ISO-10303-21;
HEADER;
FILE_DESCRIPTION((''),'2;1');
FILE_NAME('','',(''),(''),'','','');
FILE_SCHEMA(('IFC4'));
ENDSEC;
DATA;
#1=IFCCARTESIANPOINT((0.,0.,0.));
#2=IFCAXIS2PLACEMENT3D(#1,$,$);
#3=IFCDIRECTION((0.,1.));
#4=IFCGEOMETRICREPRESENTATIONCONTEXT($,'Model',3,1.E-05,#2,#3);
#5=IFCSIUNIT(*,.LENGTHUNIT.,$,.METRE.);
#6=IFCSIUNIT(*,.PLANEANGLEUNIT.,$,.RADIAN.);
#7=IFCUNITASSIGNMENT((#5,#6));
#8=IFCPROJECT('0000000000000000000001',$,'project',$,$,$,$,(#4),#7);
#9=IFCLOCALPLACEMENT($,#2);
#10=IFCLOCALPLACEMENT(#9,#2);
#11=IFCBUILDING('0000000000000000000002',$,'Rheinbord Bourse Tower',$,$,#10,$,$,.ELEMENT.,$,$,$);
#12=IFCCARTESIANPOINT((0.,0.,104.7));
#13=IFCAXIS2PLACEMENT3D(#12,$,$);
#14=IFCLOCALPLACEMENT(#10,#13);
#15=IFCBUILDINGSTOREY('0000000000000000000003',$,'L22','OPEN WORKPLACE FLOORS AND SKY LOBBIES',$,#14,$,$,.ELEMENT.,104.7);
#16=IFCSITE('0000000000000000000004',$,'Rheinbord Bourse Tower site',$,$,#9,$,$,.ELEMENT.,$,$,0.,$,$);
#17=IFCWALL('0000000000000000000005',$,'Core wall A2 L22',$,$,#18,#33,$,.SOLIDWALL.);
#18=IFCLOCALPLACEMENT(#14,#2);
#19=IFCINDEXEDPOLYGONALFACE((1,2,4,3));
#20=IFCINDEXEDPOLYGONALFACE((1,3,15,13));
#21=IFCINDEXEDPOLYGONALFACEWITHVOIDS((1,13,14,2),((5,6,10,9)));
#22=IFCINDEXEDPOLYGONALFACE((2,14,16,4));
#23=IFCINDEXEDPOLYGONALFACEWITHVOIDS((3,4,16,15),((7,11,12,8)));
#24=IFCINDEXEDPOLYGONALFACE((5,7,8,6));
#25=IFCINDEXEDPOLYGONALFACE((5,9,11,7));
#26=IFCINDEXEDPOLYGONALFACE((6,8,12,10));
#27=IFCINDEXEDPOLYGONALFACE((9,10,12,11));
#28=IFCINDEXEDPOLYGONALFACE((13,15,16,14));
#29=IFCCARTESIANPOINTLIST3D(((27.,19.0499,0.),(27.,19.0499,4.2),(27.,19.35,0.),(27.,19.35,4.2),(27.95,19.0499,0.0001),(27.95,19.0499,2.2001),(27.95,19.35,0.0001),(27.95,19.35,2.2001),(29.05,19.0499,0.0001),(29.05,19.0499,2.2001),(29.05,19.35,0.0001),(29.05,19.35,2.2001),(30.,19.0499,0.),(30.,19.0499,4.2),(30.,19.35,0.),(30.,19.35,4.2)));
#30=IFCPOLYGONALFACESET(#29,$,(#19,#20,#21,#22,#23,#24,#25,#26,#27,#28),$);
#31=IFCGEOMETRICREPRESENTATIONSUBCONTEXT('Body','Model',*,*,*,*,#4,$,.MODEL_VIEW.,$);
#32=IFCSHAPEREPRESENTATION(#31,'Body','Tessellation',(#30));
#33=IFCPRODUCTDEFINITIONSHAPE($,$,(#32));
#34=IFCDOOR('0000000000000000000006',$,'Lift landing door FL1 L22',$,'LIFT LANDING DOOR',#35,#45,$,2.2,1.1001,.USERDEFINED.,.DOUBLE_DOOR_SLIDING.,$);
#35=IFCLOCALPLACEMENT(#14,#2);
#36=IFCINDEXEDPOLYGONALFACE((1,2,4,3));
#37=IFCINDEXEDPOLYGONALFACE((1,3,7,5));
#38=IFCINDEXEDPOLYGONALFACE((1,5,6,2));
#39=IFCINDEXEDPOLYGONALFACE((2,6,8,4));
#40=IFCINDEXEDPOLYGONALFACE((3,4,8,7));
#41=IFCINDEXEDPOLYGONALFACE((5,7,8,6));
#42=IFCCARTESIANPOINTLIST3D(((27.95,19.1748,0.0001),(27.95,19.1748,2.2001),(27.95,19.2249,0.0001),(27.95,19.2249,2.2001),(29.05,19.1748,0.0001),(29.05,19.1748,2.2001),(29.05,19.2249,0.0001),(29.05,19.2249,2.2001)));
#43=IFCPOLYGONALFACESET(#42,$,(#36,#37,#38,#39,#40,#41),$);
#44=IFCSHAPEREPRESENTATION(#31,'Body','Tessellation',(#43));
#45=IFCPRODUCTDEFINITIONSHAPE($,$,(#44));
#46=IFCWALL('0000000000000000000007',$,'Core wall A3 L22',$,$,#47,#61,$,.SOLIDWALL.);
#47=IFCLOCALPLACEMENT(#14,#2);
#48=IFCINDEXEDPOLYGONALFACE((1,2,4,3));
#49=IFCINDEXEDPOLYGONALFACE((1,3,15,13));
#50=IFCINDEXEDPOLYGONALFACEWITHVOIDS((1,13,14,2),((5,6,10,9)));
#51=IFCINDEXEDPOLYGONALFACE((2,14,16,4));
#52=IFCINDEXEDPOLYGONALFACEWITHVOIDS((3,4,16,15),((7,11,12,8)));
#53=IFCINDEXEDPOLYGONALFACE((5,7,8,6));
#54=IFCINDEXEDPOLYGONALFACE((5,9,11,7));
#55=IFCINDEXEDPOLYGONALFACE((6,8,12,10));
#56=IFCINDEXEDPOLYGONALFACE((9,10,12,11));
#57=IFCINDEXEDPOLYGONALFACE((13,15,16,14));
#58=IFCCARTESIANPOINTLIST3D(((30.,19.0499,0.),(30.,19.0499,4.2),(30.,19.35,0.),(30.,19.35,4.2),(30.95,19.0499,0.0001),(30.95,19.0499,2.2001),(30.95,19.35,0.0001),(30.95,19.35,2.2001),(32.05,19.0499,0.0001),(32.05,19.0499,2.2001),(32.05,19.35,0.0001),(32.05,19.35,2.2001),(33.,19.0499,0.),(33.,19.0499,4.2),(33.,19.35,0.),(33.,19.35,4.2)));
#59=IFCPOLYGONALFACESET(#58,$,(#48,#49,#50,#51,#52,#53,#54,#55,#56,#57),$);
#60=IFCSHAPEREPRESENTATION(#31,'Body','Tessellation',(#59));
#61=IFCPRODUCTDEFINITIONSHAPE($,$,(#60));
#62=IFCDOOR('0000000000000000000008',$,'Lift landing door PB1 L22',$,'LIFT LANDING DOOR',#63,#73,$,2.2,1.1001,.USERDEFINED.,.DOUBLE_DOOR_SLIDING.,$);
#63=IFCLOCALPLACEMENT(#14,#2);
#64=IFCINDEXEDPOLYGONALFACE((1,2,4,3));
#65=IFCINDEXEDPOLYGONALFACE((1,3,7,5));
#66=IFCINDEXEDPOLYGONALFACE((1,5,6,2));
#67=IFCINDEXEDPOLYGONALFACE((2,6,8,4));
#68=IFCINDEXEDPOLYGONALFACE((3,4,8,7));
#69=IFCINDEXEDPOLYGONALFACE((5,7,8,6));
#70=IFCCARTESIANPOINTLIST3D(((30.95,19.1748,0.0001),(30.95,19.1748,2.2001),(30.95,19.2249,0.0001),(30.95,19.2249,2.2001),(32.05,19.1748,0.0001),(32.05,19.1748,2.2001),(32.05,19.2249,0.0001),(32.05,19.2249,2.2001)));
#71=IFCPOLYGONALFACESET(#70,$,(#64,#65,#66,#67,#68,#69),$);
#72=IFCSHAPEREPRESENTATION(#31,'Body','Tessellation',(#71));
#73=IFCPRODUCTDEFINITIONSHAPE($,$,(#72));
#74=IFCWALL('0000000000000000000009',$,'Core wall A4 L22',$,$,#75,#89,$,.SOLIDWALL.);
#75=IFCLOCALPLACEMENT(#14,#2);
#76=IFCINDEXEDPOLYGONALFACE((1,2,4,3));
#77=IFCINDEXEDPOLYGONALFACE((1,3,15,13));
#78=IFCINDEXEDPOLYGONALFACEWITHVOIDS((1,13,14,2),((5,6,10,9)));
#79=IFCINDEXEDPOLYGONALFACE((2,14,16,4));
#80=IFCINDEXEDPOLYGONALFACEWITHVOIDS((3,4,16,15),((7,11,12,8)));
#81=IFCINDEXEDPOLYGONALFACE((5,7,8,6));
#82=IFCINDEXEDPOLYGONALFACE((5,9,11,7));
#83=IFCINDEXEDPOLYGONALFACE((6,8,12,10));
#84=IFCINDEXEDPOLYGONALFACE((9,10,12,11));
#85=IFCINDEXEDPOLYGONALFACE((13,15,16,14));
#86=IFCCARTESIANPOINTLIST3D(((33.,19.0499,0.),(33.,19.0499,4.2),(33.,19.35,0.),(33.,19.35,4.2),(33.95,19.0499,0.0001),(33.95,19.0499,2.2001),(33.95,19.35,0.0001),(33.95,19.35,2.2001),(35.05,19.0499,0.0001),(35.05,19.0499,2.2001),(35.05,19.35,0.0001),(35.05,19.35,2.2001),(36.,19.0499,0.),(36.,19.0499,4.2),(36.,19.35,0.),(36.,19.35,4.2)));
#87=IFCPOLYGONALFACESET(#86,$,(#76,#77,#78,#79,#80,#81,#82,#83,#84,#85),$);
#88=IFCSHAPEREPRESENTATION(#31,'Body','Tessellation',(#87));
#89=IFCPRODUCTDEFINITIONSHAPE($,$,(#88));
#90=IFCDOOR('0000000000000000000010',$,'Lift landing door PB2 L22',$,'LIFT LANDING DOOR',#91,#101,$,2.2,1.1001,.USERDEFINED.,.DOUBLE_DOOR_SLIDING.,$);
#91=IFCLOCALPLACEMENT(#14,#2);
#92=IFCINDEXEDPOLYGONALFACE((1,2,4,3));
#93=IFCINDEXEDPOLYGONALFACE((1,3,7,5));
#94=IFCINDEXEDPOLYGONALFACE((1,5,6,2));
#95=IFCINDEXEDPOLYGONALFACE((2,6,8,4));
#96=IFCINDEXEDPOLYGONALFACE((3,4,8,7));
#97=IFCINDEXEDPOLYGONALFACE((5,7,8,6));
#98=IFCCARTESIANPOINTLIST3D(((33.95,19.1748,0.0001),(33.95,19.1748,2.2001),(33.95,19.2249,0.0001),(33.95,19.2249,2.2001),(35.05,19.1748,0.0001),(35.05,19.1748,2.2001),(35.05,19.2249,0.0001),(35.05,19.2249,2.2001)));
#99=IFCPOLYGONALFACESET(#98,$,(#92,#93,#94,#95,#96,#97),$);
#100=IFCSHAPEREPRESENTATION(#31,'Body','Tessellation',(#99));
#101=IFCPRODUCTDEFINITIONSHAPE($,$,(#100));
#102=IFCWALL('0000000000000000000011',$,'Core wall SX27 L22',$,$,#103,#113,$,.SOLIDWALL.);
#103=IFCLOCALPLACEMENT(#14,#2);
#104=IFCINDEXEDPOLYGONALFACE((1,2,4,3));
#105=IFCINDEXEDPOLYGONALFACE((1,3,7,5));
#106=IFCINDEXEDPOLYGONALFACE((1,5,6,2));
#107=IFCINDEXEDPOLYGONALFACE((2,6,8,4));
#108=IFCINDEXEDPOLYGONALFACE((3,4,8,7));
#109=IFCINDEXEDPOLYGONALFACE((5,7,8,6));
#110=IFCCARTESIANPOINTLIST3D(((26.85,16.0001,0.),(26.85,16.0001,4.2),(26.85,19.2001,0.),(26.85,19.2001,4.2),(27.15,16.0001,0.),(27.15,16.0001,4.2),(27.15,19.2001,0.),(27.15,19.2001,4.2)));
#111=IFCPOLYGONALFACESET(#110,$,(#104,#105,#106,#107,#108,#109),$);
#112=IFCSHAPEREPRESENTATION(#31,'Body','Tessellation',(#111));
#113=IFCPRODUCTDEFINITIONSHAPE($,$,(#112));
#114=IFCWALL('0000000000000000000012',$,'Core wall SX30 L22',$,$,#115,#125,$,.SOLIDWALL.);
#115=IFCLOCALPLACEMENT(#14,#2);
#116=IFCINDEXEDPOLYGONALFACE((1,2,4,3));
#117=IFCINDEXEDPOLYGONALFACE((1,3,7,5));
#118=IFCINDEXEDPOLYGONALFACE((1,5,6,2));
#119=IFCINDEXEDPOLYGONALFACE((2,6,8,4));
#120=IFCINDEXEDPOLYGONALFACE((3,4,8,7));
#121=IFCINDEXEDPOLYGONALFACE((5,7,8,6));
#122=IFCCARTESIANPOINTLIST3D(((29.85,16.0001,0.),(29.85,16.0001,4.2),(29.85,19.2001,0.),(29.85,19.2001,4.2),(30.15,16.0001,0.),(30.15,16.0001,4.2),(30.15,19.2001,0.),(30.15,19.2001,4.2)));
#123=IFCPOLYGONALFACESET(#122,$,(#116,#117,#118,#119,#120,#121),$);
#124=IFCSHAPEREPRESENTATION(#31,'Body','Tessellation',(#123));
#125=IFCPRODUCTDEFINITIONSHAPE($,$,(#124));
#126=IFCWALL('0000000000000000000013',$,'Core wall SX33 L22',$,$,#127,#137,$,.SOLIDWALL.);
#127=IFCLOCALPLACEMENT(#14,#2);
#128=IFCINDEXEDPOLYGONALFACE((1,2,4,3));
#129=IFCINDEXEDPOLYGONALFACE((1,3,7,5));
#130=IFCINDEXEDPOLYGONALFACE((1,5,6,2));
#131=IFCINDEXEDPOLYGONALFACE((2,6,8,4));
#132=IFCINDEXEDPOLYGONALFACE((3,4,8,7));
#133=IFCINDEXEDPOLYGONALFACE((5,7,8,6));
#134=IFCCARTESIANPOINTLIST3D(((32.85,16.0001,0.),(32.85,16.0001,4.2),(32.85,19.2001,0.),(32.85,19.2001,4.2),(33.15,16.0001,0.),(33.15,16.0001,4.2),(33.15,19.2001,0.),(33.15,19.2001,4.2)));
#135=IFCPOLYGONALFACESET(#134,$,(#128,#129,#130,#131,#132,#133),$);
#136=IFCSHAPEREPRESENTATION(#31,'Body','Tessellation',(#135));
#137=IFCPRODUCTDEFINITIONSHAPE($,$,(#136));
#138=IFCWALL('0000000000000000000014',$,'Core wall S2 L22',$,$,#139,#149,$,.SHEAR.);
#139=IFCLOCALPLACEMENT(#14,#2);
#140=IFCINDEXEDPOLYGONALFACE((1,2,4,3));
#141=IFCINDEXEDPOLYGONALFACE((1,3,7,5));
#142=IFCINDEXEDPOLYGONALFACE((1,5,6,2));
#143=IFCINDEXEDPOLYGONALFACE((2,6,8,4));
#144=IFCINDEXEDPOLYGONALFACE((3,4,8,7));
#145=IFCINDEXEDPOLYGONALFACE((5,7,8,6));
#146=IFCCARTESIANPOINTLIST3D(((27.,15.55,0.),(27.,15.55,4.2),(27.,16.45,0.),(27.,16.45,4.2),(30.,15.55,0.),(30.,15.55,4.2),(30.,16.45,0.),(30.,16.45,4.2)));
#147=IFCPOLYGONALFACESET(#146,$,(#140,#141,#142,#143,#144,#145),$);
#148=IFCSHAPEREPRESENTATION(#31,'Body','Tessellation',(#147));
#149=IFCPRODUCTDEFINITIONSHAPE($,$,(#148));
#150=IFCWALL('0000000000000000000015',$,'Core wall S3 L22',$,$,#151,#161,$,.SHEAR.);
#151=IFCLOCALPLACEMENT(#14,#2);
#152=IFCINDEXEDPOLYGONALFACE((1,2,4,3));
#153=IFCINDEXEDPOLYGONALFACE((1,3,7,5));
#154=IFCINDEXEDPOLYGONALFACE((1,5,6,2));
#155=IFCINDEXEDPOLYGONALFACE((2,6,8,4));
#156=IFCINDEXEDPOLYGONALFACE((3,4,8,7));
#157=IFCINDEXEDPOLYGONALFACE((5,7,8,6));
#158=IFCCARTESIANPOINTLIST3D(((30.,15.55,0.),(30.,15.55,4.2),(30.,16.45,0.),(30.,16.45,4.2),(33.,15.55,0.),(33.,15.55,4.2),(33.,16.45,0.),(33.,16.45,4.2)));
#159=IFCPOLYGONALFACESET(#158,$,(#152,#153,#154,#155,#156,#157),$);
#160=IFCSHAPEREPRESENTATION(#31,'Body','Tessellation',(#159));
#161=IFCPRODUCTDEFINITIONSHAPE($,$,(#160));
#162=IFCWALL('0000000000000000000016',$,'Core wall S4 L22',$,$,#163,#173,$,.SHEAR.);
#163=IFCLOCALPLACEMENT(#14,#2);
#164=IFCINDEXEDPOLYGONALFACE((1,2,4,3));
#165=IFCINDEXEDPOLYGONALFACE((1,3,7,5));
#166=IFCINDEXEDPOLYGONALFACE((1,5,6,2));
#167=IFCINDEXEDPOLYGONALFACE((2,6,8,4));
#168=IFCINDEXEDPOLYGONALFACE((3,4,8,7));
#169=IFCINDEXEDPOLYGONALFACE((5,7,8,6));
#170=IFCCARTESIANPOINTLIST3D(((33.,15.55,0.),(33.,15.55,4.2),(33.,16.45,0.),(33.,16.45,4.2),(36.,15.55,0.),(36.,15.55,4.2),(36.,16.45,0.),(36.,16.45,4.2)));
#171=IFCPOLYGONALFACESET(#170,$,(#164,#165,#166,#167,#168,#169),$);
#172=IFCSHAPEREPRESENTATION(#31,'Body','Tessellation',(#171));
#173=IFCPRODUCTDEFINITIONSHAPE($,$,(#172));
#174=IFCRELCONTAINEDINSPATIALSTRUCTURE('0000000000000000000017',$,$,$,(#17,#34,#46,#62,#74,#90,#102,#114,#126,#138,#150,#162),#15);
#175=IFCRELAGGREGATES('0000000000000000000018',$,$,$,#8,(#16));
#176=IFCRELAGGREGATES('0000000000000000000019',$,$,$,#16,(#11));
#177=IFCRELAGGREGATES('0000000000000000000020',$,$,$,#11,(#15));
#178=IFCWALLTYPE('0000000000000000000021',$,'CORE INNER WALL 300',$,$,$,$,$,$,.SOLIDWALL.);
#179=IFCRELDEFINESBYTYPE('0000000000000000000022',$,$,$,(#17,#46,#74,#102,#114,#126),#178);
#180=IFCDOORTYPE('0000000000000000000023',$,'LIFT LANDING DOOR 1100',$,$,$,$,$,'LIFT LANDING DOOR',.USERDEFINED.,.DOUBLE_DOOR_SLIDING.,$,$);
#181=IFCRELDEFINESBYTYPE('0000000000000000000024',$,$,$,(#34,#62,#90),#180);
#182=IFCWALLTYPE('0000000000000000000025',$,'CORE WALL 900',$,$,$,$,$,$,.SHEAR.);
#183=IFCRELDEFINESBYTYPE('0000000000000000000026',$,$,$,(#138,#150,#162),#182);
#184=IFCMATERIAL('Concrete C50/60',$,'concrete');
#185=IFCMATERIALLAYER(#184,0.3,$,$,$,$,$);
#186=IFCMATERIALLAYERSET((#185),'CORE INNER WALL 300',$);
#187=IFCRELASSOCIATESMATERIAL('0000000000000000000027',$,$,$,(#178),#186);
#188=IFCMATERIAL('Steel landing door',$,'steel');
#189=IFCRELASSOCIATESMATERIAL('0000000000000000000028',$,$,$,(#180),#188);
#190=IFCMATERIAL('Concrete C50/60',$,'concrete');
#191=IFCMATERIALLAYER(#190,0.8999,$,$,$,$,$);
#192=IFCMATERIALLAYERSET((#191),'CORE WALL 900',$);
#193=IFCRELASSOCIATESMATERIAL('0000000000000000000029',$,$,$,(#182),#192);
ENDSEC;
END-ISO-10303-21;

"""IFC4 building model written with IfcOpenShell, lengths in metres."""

from ifc_helpers import new_model, si_unit, direction, frame, frame_2d, origin, place, context, subcontext, project, spatial, rectangle, extrude, material, layer, layer_set, type_object, element, fill, save


model = new_model("IFC4")

# Units and contexts
model_context = context("Model", 3, precision=1e-05, world=origin(), true_north=direction((0.0, 1.0)))
body_context = subcontext(model_context, "Body", "Model", "MODEL_VIEW")
ifc_project = project(units=[si_unit("LENGTHUNIT", "METRE"), si_unit("PLANEANGLEUNIT", "RADIAN")], contexts=[model_context])

# Site, building, storey
site_placement = place(None, origin())
site = spatial("IfcSite", under=ifc_project, at=site_placement, Name="Rheinbord Bourse Tower site", CompositionType="ELEMENT", RefElevation=0.0)
building_placement = place(site_placement, origin())
building = spatial("IfcBuilding", under=site, at=building_placement, Name="Rheinbord Bourse Tower", CompositionType="ELEMENT")
storey_placement = place(building_placement, frame((0.0, 0.0, 104.7)))
storey = spatial("IfcBuildingStorey", under=building, at=storey_placement, Name="L22", Description="OPEN WORKPLACE FLOORS AND SKY LOBBIES", CompositionType="ELEMENT", Elevation=104.7)

# Walls, openings, doors
ifc_material_1 = material(Name="Concrete C50/60", Category="concrete")
ifc_layer_1 = layer(ifc_material_1, 0.3)
ifc_layer_set_1 = layer_set([ifc_layer_1], Name="CORE INNER WALL 300")
wall_type_1 = type_object("IfcWallType", Name="CORE INNER WALL 300", PredefinedType="SOLIDWALL", material=ifc_layer_set_1)
wall_1_placement = place(storey_placement, frame((27.0, 19.2, 0.0), z_axis=(0.0, 0.0, 1.0), x_axis=(1.0, 0.0, 0.0)))
wall_1 = element("IfcWall", 1, at=wall_1_placement, inside=storey, type_object=wall_type_1, Name="Core wall A2 L22", PredefinedType="SOLIDWALL", context=body_context, shape_type="SweptSolid", body=[
    extrude(rectangle(XDim=3.0, YDim=0.3, at=frame_2d((1.5, 0.0))), origin(), (0.0, 0.0, 1.0), 4.2),
])
opening_1_placement = place(wall_1_placement, frame((0.95, 0.0, 0.0)))
opening_1 = element("IfcOpeningElement", 2, at=opening_1_placement, cuts=wall_1, PredefinedType="OPENING", context=body_context, shape_type="SweptSolid", body=[
    extrude(rectangle(XDim=1.1001, YDim=2.2, at=frame_2d((0.55, 1.1001))), frame((0.0, 0.1599, 0.0), z_axis=(0.0, -1.0, 0.0), x_axis=(1.0, 0.0, 0.0)), (0.0, 0.0, 1.0), 0.3201),
])
ifc_material_2 = material(Name="Steel landing door", Category="steel")
door_type_1 = type_object("IfcDoorType", Name="LIFT LANDING DOOR 1100", ElementType="LIFT LANDING DOOR", OperationType="DOUBLE_DOOR_SLIDING", PredefinedType="USERDEFINED", material=ifc_material_2)
door_1_placement = place(opening_1_placement, origin())
door_1 = element("IfcDoor", 3, at=door_1_placement, inside=storey, type_object=door_type_1, Name="Lift landing door FL1 L22", ObjectType="LIFT LANDING DOOR", OperationType="DOUBLE_DOOR_SLIDING", OverallHeight=2.2, OverallWidth=1.1001, PredefinedType="USERDEFINED", context=body_context, shape_type="SweptSolid", body=[
    extrude(rectangle(XDim=1.1001, YDim=2.2, at=frame_2d((0.55, 1.1001))), frame((0.0, 0.0249, 0.0), z_axis=(0.0, -1.0, 0.0), x_axis=(1.0, 0.0, 0.0)), (0.0, 0.0, 1.0), 0.05),
])
fill(opening_1, door_1)
wall_2_placement = place(storey_placement, frame((30.0, 19.2, 0.0), z_axis=(0.0, 0.0, 1.0), x_axis=(1.0, 0.0, 0.0)))
wall_2 = element("IfcWall", 4, at=wall_2_placement, inside=storey, type_object=wall_type_1, Name="Core wall A3 L22", PredefinedType="SOLIDWALL", context=body_context, shape_type="SweptSolid", body=[
    extrude(rectangle(XDim=3.0, YDim=0.3, at=frame_2d((1.5, 0.0))), origin(), (0.0, 0.0, 1.0), 4.2),
])
opening_2_placement = place(wall_2_placement, frame((0.95, 0.0, 0.0)))
opening_2 = element("IfcOpeningElement", 5, at=opening_2_placement, cuts=wall_2, PredefinedType="OPENING", context=body_context, shape_type="SweptSolid", body=[
    extrude(rectangle(XDim=1.1001, YDim=2.2, at=frame_2d((0.55, 1.1001))), frame((0.0, 0.1599, 0.0), z_axis=(0.0, -1.0, 0.0), x_axis=(1.0, 0.0, 0.0)), (0.0, 0.0, 1.0), 0.3201),
])
door_2_placement = place(opening_2_placement, origin())
door_2 = element("IfcDoor", 6, at=door_2_placement, inside=storey, type_object=door_type_1, Name="Lift landing door PB1 L22", ObjectType="LIFT LANDING DOOR", OperationType="DOUBLE_DOOR_SLIDING", OverallHeight=2.2, OverallWidth=1.1001, PredefinedType="USERDEFINED", context=body_context, shape_type="SweptSolid", body=[
    extrude(rectangle(XDim=1.1001, YDim=2.2, at=frame_2d((0.55, 1.1001))), frame((0.0, 0.0249, 0.0), z_axis=(0.0, -1.0, 0.0), x_axis=(1.0, 0.0, 0.0)), (0.0, 0.0, 1.0), 0.05),
])
fill(opening_2, door_2)
wall_3_placement = place(storey_placement, frame((33.0, 19.2, 0.0), z_axis=(0.0, 0.0, 1.0), x_axis=(1.0, 0.0, 0.0)))
wall_3 = element("IfcWall", 7, at=wall_3_placement, inside=storey, type_object=wall_type_1, Name="Core wall A4 L22", PredefinedType="SOLIDWALL", context=body_context, shape_type="SweptSolid", body=[
    extrude(rectangle(XDim=3.0, YDim=0.3, at=frame_2d((1.5, 0.0))), origin(), (0.0, 0.0, 1.0), 4.2),
])
opening_3_placement = place(wall_3_placement, frame((0.95, 0.0, 0.0)))
opening_3 = element("IfcOpeningElement", 8, at=opening_3_placement, cuts=wall_3, PredefinedType="OPENING", context=body_context, shape_type="SweptSolid", body=[
    extrude(rectangle(XDim=1.1001, YDim=2.2, at=frame_2d((0.55, 1.1001))), frame((0.0, 0.1599, 0.0), z_axis=(0.0, -1.0, 0.0), x_axis=(1.0, 0.0, 0.0)), (0.0, 0.0, 1.0), 0.3201),
])
door_3_placement = place(opening_3_placement, origin())
door_3 = element("IfcDoor", 9, at=door_3_placement, inside=storey, type_object=door_type_1, Name="Lift landing door PB2 L22", ObjectType="LIFT LANDING DOOR", OperationType="DOUBLE_DOOR_SLIDING", OverallHeight=2.2, OverallWidth=1.1001, PredefinedType="USERDEFINED", context=body_context, shape_type="SweptSolid", body=[
    extrude(rectangle(XDim=1.1001, YDim=2.2, at=frame_2d((0.55, 1.1001))), frame((0.0, 0.0249, 0.0), z_axis=(0.0, -1.0, 0.0), x_axis=(1.0, 0.0, 0.0)), (0.0, 0.0, 1.0), 0.05),
])
fill(opening_3, door_3)

# Walls
for number, where, z_axis, x_axis, name in (
    (10, (27.0, 16.0, 0.0), (0.0, 0.0, 1.0), (0.0, 1.0, 0.0), "Core wall SX27 L22"),
    (11, (30.0, 16.0, 0.0), (0.0, 0.0, 1.0), (0.0, 1.0, 0.0), "Core wall SX30 L22"),
    (12, (33.0, 16.0, 0.0), (0.0, 0.0, 1.0), (0.0, 1.0, 0.0), "Core wall SX33 L22"),
):
    element("IfcWall", number, at=place(storey_placement, frame(where, z_axis=z_axis, x_axis=x_axis)), inside=storey, type_object=wall_type_1, Name=name, PredefinedType="SOLIDWALL", context=body_context, shape_type="SweptSolid", body=[
        extrude(rectangle(XDim=3.2, YDim=0.3, at=frame_2d((1.6001, 0.0))), origin(), (0.0, 0.0, 1.0), 4.2),
    ])
ifc_material_3 = material(Name="Concrete C50/60", Category="concrete")
ifc_layer_2 = layer(ifc_material_3, 0.8999)
ifc_layer_set_2 = layer_set([ifc_layer_2], Name="CORE WALL 900")
wall_type_2 = type_object("IfcWallType", Name="CORE WALL 900", PredefinedType="SHEAR", material=ifc_layer_set_2)
for number, where, z_axis, x_axis, name in (
    (13, (27.0, 16.0, 0.0), (0.0, 0.0, 1.0), (1.0, 0.0, 0.0), "Core wall S2 L22"),
    (14, (30.0, 16.0, 0.0), (0.0, 0.0, 1.0), (1.0, 0.0, 0.0), "Core wall S3 L22"),
    (15, (33.0, 16.0, 0.0), (0.0, 0.0, 1.0), (1.0, 0.0, 0.0), "Core wall S4 L22"),
):
    element("IfcWall", number, at=place(storey_placement, frame(where, z_axis=z_axis, x_axis=x_axis)), inside=storey, type_object=wall_type_2, Name=name, PredefinedType="SHEAR", context=body_context, shape_type="SweptSolid", body=[
        extrude(rectangle(XDim=3.0, YDim=0.8999, at=frame_2d((1.5, 0.0))), origin(), (0.0, 0.0, 1.0), 4.2),
    ])

save(model, "model.ifc")
